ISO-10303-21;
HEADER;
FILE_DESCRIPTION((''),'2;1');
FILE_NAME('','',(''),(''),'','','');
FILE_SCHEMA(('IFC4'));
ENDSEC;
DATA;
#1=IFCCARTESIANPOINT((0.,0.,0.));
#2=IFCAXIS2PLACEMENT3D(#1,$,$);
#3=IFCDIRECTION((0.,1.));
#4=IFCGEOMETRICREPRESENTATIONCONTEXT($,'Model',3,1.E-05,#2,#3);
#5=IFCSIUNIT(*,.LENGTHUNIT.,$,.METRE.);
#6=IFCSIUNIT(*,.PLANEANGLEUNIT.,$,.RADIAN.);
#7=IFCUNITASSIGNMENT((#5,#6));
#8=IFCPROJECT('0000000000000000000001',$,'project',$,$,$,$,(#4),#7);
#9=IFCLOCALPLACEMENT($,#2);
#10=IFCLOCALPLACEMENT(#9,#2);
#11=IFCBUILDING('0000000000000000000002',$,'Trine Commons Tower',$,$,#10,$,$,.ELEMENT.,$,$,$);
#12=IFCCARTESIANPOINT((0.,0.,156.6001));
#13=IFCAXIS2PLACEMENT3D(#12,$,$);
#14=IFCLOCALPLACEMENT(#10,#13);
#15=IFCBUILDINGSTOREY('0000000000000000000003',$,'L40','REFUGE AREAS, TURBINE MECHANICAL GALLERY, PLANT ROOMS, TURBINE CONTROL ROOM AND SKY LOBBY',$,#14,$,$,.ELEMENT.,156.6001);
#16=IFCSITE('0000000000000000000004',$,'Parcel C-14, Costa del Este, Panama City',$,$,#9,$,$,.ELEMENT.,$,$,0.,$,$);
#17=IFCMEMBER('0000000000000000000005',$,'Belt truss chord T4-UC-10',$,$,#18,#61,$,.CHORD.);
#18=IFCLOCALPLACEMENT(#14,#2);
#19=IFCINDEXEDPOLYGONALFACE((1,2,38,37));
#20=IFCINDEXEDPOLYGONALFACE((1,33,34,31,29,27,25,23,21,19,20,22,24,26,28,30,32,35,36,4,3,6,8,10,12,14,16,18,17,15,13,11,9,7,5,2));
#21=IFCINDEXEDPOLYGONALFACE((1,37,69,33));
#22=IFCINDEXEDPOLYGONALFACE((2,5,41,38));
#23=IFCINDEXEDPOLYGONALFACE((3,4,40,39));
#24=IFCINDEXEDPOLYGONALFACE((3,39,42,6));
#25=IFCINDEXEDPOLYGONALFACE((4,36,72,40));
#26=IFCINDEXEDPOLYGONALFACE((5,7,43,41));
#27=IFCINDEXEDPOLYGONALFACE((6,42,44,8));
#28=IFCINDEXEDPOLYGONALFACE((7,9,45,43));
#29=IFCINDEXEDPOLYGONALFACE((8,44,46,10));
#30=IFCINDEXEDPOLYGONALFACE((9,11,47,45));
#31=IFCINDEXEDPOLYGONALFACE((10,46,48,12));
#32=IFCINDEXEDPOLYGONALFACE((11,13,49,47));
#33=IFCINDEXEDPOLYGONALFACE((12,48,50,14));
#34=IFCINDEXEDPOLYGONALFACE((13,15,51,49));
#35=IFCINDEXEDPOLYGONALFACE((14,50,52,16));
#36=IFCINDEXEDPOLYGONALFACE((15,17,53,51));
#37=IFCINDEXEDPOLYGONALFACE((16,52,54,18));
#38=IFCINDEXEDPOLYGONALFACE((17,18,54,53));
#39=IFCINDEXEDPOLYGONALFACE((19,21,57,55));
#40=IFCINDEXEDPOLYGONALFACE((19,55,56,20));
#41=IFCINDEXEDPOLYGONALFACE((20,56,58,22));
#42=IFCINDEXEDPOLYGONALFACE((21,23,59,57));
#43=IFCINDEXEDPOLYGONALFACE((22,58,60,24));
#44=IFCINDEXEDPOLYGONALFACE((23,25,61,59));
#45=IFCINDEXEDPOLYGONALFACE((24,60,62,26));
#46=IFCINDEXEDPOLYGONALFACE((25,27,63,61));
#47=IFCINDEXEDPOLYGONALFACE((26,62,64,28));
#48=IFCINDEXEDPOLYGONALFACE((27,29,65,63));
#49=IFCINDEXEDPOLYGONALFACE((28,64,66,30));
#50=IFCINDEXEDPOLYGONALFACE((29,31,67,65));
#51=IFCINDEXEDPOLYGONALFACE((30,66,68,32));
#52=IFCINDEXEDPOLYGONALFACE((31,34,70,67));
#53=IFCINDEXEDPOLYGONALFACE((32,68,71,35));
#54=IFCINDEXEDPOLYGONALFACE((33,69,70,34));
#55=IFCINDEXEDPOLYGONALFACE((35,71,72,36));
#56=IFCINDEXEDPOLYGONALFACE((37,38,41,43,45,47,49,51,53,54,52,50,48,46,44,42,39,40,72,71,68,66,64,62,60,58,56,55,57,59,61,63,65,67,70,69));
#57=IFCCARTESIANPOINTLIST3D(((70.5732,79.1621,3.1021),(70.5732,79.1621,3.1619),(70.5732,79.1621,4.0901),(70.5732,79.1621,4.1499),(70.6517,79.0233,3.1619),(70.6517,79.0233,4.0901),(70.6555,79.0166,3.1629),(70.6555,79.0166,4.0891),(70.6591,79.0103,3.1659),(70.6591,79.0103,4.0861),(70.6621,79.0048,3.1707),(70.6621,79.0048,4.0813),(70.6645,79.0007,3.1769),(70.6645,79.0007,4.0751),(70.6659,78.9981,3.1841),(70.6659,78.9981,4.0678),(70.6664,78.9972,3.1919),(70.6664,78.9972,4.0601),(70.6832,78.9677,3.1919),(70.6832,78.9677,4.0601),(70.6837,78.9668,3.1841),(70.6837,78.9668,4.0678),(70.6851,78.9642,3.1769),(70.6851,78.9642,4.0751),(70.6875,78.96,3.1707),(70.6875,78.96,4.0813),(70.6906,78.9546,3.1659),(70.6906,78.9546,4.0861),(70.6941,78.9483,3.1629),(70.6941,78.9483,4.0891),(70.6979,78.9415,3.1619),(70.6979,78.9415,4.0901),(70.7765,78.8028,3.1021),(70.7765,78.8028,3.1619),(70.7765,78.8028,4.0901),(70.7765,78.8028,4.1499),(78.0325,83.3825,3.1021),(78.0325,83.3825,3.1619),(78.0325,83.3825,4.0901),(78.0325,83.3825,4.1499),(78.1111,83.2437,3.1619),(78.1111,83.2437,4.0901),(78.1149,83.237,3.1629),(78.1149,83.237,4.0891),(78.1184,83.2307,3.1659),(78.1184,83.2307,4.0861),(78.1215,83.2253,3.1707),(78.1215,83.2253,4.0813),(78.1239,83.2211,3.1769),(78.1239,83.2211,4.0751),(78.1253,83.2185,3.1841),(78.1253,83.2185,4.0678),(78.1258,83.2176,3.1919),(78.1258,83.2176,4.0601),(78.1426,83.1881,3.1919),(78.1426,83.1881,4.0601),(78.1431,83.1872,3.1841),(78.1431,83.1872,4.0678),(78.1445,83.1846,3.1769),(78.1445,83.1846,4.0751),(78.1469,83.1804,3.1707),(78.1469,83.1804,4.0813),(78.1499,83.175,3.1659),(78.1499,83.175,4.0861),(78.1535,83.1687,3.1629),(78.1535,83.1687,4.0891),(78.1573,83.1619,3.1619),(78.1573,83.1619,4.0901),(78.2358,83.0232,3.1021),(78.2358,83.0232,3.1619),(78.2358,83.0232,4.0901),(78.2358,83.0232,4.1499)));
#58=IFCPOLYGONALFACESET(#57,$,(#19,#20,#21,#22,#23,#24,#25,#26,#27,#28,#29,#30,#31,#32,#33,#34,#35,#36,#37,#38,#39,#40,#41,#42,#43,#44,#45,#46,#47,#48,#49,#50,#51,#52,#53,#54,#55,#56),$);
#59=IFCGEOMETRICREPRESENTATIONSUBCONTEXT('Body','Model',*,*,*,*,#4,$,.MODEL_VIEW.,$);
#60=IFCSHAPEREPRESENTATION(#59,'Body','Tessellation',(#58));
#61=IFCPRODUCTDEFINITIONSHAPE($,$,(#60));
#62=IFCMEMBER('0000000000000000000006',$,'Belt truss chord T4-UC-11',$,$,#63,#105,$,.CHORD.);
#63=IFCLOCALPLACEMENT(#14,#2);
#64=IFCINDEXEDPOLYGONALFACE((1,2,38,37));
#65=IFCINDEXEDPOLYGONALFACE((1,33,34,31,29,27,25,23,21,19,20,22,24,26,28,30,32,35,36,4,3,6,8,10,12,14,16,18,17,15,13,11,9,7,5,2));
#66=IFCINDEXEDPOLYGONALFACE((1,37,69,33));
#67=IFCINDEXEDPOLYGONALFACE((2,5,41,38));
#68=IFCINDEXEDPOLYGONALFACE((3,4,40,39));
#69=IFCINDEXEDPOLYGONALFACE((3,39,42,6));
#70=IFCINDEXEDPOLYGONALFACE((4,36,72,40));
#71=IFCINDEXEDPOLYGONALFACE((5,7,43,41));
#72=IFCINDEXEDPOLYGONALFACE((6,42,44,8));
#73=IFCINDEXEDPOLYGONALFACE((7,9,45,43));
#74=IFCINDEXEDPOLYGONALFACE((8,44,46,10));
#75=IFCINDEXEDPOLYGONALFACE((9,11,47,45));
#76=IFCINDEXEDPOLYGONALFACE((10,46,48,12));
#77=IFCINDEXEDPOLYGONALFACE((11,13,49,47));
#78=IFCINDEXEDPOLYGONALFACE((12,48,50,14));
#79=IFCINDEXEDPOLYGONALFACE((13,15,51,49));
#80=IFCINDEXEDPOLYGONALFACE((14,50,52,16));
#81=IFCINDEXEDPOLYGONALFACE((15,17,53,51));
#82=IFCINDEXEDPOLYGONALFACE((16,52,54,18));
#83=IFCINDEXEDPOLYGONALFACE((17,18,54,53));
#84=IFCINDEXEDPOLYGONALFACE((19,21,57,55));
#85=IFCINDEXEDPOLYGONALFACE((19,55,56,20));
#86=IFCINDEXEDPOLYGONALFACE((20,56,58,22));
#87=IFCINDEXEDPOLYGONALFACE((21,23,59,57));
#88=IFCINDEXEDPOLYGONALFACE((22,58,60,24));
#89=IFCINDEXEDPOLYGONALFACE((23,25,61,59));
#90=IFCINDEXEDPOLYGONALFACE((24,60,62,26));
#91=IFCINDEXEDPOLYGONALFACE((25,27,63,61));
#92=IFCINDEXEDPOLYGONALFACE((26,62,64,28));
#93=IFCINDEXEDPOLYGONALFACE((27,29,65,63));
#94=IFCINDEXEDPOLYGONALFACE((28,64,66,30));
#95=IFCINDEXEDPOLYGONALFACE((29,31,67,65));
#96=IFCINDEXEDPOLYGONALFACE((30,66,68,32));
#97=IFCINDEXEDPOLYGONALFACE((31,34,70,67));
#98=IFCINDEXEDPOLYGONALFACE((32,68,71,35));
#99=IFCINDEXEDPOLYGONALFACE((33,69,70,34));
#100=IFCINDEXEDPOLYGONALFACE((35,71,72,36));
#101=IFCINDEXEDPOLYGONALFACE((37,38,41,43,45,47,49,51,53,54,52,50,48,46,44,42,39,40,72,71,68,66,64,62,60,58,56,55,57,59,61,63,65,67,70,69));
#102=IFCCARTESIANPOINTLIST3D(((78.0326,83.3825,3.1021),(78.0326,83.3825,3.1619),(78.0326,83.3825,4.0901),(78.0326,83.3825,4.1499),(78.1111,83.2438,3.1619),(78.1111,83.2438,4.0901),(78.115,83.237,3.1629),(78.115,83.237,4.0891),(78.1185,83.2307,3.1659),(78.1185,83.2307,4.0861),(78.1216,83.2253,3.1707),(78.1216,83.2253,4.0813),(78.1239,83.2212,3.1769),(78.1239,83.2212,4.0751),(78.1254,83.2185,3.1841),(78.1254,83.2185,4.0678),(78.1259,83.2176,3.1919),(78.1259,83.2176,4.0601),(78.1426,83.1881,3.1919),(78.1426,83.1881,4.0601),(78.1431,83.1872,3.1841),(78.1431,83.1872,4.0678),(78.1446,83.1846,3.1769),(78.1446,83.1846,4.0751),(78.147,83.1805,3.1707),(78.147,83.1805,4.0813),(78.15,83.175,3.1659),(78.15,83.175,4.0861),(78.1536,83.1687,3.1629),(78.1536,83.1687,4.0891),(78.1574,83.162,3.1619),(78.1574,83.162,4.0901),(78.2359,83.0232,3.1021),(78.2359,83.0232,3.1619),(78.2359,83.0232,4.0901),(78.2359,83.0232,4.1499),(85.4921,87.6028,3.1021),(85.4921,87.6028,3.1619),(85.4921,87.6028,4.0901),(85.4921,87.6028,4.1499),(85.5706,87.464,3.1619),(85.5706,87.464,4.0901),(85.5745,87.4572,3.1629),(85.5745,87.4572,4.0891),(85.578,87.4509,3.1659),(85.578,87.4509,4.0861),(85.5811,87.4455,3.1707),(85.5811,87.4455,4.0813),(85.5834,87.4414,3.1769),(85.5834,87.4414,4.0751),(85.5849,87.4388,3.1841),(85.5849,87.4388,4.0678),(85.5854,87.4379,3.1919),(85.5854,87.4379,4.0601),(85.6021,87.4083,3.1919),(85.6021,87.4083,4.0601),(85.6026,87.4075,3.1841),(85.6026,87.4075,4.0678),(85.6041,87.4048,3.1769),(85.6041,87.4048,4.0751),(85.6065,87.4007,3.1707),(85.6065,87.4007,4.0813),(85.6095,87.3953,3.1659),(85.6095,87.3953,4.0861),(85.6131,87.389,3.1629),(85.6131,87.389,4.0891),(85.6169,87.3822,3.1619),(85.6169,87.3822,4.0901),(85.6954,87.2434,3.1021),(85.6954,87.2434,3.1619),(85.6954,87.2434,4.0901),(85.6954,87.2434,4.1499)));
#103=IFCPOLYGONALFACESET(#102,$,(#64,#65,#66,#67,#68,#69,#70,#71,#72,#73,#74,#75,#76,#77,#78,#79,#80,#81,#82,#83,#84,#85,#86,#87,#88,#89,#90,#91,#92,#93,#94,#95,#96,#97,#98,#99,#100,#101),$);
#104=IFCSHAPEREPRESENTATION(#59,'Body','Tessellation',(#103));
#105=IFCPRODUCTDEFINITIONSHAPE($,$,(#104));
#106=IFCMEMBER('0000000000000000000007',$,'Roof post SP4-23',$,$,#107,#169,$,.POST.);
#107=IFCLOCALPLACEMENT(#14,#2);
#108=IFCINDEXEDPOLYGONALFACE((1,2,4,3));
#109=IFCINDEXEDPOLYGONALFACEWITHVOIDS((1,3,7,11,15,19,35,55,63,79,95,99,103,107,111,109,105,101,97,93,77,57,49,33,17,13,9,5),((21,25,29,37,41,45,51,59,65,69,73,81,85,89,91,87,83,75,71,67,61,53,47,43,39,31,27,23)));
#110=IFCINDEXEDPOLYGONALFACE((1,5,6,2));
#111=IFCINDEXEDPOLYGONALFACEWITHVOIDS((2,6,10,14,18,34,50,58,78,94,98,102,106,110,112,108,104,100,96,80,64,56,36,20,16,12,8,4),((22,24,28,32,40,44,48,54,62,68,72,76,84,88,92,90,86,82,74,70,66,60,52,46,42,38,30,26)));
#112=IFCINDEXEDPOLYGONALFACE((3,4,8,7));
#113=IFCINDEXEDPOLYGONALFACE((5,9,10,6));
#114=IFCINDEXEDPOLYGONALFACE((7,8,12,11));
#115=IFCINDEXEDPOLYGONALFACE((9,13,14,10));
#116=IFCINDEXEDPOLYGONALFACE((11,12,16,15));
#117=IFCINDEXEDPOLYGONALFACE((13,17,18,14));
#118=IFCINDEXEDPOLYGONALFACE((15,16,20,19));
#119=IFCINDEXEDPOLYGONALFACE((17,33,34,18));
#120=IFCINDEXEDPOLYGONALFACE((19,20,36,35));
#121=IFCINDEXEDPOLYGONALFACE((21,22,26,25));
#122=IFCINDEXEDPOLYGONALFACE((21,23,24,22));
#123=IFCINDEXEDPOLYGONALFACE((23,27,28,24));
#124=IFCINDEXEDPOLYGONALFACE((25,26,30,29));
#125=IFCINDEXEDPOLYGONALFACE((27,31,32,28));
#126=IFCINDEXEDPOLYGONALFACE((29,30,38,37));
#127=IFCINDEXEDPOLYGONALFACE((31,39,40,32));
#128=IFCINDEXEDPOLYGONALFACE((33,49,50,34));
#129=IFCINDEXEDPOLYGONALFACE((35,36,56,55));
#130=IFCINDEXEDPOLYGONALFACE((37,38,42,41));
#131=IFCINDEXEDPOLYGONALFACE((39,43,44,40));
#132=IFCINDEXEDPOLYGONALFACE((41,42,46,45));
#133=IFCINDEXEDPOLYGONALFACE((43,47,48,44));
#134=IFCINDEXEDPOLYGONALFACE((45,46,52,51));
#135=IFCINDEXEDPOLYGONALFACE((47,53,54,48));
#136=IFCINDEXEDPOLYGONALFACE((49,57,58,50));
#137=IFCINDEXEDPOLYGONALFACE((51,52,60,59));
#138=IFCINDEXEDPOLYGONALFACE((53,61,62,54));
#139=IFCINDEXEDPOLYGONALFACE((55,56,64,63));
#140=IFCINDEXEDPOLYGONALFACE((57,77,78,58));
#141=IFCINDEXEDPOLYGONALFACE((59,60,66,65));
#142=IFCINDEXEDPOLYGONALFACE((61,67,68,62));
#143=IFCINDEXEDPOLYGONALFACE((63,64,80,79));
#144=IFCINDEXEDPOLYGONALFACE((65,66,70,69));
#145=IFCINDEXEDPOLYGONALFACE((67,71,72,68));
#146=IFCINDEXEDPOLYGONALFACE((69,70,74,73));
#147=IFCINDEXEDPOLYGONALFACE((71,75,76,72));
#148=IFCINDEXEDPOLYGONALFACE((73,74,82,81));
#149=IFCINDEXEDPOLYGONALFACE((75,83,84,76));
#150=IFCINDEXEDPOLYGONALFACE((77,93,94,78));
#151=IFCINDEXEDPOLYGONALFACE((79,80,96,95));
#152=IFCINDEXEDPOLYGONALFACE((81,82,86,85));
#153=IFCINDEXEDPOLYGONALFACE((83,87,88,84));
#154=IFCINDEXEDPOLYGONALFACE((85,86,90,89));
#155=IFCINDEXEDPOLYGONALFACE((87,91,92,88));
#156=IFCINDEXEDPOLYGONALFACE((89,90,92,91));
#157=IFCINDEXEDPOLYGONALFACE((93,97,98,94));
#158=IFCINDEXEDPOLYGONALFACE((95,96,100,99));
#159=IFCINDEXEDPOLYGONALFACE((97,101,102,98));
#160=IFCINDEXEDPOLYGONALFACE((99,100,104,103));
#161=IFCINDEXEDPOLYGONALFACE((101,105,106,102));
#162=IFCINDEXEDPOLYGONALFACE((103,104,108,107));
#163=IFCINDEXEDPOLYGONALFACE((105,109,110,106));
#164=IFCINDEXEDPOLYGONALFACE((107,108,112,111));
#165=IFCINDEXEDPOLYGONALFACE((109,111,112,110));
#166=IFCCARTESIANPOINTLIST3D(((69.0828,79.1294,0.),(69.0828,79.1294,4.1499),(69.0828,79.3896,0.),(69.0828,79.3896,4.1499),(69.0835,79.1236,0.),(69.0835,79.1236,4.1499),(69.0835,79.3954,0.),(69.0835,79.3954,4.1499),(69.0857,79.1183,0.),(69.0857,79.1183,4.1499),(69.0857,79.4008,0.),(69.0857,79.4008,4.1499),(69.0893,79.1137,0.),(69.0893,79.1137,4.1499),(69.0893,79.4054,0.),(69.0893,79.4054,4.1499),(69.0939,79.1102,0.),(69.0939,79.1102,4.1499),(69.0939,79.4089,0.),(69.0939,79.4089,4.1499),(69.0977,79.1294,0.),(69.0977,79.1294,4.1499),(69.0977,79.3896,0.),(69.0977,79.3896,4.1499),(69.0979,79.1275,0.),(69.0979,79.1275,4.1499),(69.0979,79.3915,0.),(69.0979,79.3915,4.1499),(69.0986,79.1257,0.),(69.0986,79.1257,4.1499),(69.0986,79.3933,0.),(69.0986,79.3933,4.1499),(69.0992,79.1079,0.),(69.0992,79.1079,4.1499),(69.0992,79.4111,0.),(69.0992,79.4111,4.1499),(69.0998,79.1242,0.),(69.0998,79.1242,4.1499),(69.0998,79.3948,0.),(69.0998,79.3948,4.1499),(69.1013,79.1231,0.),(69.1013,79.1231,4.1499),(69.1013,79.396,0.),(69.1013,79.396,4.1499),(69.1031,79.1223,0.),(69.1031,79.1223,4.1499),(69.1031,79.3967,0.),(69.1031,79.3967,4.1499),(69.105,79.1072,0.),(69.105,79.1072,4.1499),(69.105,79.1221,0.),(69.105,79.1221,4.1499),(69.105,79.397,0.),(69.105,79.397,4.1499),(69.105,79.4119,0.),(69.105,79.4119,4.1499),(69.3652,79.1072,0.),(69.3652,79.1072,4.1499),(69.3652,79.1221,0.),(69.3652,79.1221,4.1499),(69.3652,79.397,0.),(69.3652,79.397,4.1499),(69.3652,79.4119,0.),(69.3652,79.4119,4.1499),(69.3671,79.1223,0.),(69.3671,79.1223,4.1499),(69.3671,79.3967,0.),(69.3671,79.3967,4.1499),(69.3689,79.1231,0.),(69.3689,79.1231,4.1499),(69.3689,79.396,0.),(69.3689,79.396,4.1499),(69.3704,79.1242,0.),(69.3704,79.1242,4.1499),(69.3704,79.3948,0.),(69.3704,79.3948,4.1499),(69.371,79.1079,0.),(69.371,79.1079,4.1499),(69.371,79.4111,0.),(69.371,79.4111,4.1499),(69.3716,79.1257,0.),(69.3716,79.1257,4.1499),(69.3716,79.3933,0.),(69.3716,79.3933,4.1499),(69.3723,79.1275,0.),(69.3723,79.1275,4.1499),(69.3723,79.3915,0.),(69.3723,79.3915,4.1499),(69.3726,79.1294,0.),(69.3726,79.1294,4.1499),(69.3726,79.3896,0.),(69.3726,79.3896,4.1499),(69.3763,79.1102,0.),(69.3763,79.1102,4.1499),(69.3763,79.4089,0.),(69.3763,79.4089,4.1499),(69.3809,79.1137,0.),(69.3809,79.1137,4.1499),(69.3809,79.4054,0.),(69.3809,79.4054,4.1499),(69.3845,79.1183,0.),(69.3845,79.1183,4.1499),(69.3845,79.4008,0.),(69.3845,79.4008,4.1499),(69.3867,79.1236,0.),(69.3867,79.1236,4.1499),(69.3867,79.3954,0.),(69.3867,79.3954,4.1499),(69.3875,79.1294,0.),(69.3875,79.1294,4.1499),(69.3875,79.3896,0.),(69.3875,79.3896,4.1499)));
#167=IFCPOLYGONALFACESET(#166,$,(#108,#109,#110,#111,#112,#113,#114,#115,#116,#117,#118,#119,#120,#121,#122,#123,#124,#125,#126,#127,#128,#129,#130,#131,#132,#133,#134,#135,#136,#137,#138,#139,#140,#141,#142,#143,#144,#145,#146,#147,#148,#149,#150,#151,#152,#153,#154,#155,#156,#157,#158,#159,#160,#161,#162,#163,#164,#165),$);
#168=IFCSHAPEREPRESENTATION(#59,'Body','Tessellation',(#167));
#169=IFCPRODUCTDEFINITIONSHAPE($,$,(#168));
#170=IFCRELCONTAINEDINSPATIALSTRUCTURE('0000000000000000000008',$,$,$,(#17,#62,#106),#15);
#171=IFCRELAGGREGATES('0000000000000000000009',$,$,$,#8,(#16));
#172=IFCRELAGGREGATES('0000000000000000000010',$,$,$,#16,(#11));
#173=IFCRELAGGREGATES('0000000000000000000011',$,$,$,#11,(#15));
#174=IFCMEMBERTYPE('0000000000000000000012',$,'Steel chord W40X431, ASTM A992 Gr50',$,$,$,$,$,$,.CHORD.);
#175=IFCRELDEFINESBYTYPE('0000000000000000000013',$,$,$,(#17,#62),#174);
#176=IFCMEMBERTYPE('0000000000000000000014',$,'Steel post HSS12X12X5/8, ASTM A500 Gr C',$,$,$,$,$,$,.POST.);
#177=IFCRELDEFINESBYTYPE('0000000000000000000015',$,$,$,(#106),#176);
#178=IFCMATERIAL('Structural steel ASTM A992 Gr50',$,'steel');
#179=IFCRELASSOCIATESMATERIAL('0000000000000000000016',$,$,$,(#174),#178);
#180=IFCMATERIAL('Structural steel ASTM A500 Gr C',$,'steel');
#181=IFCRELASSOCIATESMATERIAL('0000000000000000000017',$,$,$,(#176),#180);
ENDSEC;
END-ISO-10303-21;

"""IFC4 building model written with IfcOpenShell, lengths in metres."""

from ifc_helpers import new_model, si_unit, direction, frame, origin, origin_2d, place, context, subcontext, project, spatial, hollow_rectangle, i_section, extrude, material, material_profile, profile_set, type_object, element, save


model = new_model("IFC4")

# Units and contexts
model_context = context("Model", 3, precision=1e-05, world=origin(), true_north=direction((0.0, 1.0)))
body_context = subcontext(model_context, "Body", "Model", "MODEL_VIEW")
ifc_project = project(units=[si_unit("LENGTHUNIT", "METRE"), si_unit("PLANEANGLEUNIT", "RADIAN")], contexts=[model_context])

# Site, building, storey
site_placement = place(None, origin())
site = spatial("IfcSite", under=ifc_project, at=site_placement, Name="Parcel C-14, Costa del Este, Panama City", CompositionType="ELEMENT", RefElevation=0.0)
building_placement = place(site_placement, origin())
building = spatial("IfcBuilding", under=site, at=building_placement, Name="Trine Commons Tower", CompositionType="ELEMENT")
storey_placement = place(building_placement, frame((0.0, 0.0, 156.6001)))
storey = spatial("IfcBuildingStorey", under=building, at=storey_placement, Name="L40", Description="REFUGE AREAS, TURBINE MECHANICAL GALLERY, PLANT ROOMS, TURBINE CONTROL ROOM AND SKY LOBBY", CompositionType="ELEMENT", Elevation=156.6001)

# Members
ifc_material_1 = material(Name="Structural steel ASTM A500 Gr C", Category="steel")
ifc_material_2 = material(Name="Structural steel ASTM A992 Gr50", Category="steel")
ifc_material_profile_1 = material_profile(ifc_material_2, i_section(OverallWidth=0.4128, OverallDepth=1.0479, WebThickness=0.0339, FlangeThickness=0.0598, FilletRadius=0.03, at=origin_2d()), Name="W40X431")
ifc_profile_set_1 = profile_set([ifc_material_profile_1], Name="Structural steel ASTM A992 Gr50")
member_type_1 = type_object("IfcMemberType", Name="Steel chord W40X431, ASTM A992 Gr50", PredefinedType="CHORD", material=ifc_profile_set_1)
for number, where, z_axis, x_axis, name in (
    (1, (70.6748, 78.9824, 3.626), (0.870351, 0.492432, 0.0), (-0.492432, 0.870351, 0.0), "Belt truss chord T4-UC-10"),
    (2, (78.1343, 83.2029, 3.626), (0.870363, 0.49241, 0.0), (-0.49241, 0.870363, 0.0), "Belt truss chord T4-UC-11"),
):
    element("IfcMember", number, at=place(storey_placement, frame(where, z_axis=z_axis, x_axis=x_axis)), inside=storey, type_object=member_type_1, Name=name, PredefinedType="CHORD", context=body_context, shape_type="SweptSolid", body=[
        extrude(i_section(OverallWidth=0.4128, OverallDepth=1.0479, WebThickness=0.0339, FlangeThickness=0.0598, FilletRadius=0.03, at=origin_2d()), origin(), (0.0, 0.0, 1.0), 8.5706),
    ])
ifc_material_profile_2 = material_profile(ifc_material_1, hollow_rectangle(XDim=0.3047, YDim=0.3047, WallThickness=0.0149, InnerFilletRadius=0.0073, OuterFilletRadius=0.0222, at=origin_2d()), Name="HSS12X12X5/8")
ifc_profile_set_2 = profile_set([ifc_material_profile_2], Name="Structural steel ASTM A500 Gr C")
member_type_2 = type_object("IfcMemberType", Name="Steel post HSS12X12X5/8, ASTM A500 Gr C", PredefinedType="POST", material=ifc_profile_set_2)
member_1_placement = place(storey_placement, frame((69.2351, 79.2595, 0.0), z_axis=(0.0, 0.0, 1.0), x_axis=(1.0, 0.0, 0.0)))
element("IfcMember", 3, at=member_1_placement, inside=storey, type_object=member_type_2, Name="Roof post SP4-23", PredefinedType="POST", context=body_context, shape_type="SweptSolid", body=[
    extrude(hollow_rectangle(XDim=0.3047, YDim=0.3047, WallThickness=0.0149, InnerFilletRadius=0.0073, OuterFilletRadius=0.0222, at=origin_2d()), origin(), (0.0, 0.0, 1.0), 4.1499),
])

save(model, "model.ifc")
